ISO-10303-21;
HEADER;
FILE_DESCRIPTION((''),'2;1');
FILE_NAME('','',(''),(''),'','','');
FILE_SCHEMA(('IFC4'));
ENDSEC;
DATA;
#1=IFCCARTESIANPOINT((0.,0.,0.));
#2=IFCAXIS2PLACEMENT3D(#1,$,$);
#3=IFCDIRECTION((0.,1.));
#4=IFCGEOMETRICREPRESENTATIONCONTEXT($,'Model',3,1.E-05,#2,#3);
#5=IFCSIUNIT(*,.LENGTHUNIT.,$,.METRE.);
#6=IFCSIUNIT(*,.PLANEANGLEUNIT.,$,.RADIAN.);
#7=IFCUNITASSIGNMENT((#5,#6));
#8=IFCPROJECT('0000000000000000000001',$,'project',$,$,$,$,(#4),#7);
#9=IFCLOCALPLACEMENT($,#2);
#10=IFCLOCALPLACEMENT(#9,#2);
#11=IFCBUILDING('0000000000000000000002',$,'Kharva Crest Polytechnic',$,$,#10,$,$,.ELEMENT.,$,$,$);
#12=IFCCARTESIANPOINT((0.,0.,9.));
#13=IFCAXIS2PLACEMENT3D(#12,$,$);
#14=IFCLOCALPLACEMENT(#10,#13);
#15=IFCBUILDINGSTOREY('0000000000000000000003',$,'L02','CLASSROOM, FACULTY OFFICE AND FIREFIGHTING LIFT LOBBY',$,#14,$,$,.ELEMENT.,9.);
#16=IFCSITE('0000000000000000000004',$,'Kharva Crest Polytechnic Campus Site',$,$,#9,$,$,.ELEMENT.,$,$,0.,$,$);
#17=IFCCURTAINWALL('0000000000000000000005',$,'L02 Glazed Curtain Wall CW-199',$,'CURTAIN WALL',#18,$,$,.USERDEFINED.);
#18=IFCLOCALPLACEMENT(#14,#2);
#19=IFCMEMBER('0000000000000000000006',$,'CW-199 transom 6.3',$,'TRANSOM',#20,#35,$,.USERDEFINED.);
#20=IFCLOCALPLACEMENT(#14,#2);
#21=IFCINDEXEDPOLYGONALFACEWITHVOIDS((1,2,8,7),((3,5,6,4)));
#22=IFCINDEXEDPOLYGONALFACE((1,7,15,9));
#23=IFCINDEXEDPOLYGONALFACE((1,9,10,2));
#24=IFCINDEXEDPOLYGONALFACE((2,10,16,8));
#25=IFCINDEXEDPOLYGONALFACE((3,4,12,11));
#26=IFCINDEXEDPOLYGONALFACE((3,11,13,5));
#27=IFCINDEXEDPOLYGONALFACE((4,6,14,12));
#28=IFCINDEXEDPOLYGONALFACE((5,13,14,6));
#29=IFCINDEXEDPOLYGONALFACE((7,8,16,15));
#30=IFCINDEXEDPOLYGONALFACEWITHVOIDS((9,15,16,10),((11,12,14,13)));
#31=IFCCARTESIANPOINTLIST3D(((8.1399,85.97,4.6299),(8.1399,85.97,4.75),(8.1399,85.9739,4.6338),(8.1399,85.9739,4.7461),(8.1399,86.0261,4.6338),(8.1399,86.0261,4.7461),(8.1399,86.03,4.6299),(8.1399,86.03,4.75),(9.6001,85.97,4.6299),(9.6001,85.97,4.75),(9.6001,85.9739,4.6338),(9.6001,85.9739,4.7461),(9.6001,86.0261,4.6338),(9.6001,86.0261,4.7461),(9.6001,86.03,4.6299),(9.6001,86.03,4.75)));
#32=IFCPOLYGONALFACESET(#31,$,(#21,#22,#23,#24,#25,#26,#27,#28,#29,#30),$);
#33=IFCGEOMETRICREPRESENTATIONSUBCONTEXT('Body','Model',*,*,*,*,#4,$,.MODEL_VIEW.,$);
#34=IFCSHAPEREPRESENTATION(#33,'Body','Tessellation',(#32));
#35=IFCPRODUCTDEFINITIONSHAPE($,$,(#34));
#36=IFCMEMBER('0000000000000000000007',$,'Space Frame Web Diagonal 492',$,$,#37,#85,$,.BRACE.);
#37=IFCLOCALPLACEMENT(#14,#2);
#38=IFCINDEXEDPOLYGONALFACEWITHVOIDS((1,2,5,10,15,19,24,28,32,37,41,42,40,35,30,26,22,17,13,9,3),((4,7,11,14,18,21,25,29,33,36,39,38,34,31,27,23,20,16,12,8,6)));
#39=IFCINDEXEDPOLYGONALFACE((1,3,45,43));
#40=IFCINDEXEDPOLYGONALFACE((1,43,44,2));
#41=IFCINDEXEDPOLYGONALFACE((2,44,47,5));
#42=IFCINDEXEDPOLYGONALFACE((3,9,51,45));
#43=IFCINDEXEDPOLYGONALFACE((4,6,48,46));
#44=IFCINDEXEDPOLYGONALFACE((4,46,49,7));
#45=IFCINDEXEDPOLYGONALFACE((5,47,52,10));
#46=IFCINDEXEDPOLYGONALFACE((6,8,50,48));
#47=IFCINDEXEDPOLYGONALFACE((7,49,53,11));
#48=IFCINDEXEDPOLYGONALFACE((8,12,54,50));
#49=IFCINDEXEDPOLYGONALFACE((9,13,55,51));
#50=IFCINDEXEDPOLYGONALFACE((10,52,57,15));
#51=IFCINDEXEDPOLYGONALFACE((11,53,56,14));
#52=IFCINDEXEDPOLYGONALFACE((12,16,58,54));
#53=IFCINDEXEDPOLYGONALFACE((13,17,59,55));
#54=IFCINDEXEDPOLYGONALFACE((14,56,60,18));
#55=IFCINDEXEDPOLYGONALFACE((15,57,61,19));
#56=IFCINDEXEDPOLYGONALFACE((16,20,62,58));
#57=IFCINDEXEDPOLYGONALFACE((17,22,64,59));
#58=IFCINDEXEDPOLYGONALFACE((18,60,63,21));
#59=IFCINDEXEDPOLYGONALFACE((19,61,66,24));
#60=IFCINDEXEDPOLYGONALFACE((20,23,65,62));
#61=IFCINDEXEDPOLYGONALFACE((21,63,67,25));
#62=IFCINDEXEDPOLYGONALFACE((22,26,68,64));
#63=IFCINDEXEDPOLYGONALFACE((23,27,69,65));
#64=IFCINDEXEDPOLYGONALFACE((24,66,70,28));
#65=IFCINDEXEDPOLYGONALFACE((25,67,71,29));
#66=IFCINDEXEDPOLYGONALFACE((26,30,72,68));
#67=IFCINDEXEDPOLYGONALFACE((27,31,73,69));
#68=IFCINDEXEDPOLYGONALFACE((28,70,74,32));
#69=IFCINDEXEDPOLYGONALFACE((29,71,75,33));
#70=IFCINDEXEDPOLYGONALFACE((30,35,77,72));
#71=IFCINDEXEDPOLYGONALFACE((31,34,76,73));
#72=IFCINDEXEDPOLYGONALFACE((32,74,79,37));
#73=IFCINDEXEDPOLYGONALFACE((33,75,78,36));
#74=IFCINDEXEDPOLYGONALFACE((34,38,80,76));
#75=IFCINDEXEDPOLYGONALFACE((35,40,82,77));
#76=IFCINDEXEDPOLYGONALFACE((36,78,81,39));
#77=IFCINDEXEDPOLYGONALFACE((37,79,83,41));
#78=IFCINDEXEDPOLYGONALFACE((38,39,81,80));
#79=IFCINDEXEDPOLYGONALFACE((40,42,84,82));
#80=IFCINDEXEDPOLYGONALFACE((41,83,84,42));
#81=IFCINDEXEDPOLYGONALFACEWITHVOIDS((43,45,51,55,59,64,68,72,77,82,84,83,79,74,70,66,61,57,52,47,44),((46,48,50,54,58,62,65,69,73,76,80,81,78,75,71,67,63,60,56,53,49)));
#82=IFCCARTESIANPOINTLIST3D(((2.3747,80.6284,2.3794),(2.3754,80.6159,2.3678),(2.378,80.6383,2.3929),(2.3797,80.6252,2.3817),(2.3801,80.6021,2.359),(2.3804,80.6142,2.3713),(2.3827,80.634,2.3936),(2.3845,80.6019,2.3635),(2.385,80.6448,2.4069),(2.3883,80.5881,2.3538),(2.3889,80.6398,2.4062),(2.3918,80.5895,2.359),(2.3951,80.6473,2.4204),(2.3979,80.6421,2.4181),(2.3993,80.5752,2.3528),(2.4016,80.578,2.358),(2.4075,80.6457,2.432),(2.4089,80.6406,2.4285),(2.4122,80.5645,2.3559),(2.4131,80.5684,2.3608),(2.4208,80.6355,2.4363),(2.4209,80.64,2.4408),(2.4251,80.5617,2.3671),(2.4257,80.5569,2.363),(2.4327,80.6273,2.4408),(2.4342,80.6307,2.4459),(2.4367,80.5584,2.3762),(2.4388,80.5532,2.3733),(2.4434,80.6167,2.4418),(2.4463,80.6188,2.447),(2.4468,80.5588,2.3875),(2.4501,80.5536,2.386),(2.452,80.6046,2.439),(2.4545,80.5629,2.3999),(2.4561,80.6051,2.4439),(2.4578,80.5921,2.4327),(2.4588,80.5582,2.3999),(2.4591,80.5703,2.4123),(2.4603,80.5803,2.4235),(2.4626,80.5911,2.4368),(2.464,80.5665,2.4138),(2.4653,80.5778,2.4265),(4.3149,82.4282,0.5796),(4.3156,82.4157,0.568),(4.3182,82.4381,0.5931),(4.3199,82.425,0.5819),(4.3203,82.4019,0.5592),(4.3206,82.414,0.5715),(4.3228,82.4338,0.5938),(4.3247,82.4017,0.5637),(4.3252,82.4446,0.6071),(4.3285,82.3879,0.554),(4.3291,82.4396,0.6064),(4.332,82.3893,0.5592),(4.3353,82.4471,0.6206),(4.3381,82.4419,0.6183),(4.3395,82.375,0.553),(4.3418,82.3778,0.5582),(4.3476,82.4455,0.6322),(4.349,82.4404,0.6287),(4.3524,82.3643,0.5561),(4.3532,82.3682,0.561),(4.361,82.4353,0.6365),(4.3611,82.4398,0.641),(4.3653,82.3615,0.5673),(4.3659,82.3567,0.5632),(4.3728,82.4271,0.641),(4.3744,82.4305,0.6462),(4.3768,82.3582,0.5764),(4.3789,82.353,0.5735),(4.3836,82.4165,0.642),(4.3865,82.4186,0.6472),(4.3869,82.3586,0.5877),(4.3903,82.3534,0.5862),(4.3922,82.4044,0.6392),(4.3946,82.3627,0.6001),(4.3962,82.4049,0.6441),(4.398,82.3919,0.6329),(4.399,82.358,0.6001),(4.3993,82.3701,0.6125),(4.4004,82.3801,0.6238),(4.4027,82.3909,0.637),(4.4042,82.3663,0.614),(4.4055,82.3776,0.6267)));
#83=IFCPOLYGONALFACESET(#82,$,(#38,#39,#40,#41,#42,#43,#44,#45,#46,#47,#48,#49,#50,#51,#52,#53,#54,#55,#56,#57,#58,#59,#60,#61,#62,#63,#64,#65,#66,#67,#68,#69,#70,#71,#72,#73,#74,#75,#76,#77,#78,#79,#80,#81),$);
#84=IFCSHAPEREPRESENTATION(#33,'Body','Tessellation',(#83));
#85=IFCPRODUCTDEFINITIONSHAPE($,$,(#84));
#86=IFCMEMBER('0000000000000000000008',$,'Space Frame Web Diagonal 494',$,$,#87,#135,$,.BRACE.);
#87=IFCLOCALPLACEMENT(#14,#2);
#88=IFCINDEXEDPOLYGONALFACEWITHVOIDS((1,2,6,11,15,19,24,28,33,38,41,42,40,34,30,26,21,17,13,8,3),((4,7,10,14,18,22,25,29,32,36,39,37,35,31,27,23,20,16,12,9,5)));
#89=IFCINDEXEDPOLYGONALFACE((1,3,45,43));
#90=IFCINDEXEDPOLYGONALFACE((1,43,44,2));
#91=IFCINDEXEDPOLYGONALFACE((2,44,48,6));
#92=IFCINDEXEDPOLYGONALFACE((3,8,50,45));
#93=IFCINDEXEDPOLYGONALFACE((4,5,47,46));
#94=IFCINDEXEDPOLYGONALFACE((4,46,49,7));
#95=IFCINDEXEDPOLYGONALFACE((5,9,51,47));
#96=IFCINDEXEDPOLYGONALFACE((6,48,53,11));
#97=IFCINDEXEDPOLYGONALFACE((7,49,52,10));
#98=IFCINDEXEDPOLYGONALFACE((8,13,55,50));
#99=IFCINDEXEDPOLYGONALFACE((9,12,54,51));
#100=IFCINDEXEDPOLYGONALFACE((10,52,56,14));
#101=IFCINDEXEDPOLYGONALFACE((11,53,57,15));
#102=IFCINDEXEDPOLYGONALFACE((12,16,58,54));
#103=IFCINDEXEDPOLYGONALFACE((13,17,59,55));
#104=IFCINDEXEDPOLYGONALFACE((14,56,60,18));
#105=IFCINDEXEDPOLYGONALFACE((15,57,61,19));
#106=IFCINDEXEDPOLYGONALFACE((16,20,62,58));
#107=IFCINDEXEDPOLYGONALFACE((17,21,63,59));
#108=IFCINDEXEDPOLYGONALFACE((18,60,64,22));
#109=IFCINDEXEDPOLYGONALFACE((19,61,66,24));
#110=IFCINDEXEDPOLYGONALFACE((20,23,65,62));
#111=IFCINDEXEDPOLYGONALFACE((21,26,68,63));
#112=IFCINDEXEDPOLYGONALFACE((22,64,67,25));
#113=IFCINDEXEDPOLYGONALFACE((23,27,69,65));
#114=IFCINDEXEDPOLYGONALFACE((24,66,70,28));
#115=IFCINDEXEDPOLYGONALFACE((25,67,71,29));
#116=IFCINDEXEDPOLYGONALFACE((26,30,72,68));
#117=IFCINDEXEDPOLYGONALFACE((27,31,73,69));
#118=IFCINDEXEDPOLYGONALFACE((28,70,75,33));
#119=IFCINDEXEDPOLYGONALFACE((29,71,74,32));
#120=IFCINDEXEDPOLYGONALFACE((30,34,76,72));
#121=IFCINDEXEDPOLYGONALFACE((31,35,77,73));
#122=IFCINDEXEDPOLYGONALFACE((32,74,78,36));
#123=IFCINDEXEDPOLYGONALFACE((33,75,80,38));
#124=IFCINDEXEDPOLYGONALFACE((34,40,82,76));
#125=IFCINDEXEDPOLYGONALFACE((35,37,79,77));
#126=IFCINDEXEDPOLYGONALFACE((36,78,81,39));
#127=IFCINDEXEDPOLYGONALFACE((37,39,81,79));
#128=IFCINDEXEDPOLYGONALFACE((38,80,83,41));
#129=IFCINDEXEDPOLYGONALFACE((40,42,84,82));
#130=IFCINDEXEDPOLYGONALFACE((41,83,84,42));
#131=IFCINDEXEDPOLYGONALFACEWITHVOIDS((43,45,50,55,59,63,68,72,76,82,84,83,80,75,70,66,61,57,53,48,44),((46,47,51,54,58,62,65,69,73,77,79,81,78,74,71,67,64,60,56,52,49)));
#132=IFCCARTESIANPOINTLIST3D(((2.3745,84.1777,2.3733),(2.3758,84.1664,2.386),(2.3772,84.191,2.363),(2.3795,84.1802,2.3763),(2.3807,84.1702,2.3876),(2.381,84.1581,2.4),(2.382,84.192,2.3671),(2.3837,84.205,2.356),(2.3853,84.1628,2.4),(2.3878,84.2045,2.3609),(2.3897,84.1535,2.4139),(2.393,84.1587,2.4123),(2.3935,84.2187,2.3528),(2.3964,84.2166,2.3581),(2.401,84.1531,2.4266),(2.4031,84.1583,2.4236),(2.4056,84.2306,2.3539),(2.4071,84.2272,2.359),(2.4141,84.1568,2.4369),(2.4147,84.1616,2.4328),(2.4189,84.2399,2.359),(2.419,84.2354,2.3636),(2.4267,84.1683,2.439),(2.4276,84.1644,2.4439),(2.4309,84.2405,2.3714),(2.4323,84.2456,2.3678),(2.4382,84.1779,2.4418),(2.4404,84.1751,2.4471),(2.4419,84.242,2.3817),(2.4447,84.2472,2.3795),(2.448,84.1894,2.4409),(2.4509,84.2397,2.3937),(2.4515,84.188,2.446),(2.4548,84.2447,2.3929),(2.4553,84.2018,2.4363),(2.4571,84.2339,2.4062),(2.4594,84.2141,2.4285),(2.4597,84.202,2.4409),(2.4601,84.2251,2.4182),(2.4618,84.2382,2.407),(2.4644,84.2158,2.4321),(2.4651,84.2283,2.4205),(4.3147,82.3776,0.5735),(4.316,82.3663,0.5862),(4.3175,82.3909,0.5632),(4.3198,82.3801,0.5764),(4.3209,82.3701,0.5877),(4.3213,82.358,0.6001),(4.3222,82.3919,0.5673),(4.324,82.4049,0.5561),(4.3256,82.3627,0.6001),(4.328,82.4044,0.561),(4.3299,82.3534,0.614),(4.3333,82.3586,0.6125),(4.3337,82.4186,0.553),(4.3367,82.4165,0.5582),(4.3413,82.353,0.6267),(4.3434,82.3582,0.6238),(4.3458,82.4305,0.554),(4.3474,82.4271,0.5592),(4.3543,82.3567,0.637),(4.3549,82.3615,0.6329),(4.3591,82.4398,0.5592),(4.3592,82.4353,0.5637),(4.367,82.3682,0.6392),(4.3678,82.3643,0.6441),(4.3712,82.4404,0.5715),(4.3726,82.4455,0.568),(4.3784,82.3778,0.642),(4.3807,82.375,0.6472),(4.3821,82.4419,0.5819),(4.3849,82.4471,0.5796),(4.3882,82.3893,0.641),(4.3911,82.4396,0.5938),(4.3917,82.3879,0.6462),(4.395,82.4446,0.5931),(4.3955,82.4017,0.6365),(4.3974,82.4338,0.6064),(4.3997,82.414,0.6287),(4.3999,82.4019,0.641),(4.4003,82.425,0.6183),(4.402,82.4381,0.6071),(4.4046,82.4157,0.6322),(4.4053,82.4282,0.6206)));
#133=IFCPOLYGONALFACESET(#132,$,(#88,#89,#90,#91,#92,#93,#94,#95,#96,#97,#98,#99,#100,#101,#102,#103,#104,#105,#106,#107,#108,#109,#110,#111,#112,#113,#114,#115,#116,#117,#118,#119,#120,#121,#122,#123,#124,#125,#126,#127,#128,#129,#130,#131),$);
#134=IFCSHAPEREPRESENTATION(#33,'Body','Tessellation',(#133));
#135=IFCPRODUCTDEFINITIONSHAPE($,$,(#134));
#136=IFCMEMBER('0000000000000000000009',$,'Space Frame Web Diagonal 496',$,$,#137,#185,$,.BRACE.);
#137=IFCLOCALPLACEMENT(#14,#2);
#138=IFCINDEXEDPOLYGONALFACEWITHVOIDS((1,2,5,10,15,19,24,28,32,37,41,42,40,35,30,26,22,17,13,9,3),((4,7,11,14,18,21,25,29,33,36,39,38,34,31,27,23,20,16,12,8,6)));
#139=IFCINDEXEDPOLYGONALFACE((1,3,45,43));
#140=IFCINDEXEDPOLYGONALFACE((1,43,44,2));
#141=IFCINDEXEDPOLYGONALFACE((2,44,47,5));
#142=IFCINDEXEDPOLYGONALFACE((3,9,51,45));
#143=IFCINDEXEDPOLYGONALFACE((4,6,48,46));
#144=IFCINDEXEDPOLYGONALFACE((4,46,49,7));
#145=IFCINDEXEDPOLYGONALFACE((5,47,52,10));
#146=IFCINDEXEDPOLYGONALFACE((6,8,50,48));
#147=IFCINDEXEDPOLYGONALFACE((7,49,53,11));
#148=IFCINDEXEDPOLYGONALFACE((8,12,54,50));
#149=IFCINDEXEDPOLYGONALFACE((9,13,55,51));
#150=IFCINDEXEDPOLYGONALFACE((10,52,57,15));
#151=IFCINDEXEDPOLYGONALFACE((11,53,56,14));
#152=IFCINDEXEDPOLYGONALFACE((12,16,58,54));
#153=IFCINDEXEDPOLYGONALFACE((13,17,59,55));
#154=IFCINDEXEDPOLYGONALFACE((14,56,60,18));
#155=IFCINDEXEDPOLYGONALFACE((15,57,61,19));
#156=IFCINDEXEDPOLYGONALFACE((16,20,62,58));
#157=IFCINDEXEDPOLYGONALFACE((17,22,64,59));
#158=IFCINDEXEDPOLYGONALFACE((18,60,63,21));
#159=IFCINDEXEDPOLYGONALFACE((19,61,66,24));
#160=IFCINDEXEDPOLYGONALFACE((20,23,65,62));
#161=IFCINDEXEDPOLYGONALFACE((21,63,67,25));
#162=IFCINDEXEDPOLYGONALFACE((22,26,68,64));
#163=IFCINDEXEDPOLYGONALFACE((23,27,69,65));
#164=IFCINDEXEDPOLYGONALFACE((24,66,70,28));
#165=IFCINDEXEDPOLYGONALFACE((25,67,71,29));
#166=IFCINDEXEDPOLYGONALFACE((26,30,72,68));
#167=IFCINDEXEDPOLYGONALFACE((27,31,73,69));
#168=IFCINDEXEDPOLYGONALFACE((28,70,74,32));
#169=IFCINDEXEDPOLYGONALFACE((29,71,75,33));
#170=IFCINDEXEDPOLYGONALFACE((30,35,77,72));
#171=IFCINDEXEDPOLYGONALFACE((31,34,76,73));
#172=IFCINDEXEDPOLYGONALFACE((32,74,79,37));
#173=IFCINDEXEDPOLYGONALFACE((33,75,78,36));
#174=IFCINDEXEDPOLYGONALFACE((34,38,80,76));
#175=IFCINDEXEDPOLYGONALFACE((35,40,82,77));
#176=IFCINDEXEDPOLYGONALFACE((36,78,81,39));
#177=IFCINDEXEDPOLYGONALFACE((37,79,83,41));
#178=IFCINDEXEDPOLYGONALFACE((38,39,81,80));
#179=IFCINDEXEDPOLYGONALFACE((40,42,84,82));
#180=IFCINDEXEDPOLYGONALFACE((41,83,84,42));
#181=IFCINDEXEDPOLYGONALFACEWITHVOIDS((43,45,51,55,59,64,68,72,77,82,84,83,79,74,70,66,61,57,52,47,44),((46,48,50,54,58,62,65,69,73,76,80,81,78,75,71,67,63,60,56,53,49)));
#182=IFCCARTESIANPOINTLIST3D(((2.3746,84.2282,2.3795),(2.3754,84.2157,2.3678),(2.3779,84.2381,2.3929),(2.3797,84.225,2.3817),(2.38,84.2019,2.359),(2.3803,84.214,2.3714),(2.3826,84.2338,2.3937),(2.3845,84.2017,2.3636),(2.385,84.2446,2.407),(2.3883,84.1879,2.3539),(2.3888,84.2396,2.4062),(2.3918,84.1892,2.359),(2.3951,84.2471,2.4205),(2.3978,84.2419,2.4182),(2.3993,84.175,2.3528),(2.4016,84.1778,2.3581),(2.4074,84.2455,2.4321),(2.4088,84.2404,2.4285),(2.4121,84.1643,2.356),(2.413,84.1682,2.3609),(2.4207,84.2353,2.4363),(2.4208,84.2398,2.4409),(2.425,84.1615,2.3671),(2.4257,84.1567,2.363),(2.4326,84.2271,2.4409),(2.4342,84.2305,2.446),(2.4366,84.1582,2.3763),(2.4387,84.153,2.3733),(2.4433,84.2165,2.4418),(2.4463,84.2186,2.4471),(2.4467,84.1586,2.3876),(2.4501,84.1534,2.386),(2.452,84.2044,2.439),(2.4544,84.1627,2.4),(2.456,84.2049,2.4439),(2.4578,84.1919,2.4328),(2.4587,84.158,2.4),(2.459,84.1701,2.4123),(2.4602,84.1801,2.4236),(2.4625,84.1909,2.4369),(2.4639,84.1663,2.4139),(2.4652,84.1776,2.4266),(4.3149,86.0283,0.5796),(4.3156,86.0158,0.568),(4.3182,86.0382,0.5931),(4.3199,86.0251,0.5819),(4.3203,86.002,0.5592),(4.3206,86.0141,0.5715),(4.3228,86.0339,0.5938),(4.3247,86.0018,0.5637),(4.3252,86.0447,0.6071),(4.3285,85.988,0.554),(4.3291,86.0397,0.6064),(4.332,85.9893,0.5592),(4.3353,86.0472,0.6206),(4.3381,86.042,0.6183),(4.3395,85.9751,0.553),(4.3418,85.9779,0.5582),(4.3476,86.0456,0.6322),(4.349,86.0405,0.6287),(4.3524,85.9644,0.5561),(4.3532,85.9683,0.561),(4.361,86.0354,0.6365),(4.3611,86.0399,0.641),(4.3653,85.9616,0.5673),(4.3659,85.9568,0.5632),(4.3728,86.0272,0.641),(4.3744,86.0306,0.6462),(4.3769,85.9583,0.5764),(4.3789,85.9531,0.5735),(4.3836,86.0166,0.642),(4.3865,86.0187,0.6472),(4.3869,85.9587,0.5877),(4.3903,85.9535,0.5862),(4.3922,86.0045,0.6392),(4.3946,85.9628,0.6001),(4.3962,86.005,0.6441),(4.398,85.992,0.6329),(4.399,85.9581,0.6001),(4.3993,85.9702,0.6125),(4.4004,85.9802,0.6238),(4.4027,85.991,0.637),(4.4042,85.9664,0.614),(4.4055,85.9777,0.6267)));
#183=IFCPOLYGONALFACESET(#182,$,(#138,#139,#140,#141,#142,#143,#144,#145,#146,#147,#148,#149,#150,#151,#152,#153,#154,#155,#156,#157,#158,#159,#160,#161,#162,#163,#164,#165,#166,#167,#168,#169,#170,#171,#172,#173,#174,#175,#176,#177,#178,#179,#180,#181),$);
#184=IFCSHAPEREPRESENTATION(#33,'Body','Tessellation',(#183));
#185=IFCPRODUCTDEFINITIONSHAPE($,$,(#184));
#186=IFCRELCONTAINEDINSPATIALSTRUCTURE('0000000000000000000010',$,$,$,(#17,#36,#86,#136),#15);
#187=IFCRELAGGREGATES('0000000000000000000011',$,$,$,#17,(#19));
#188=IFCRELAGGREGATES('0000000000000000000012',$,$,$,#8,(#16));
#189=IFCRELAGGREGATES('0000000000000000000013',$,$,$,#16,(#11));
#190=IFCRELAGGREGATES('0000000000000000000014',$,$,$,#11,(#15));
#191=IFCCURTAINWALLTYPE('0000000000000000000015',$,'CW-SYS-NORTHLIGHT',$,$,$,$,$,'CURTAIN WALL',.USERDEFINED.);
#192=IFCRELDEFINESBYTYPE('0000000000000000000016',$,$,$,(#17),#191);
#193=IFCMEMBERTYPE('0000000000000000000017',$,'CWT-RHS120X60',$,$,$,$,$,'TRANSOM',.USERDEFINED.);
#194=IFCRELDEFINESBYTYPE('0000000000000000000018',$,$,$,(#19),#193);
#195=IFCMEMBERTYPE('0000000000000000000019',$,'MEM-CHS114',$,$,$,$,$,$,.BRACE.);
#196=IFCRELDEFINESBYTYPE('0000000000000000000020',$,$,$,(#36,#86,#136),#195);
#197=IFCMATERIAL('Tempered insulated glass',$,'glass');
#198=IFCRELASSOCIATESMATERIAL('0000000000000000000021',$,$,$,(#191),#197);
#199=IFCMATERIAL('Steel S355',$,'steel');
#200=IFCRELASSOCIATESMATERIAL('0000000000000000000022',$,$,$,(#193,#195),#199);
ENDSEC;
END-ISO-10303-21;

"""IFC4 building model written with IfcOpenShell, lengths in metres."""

from ifc_helpers import new_model, si_unit, direction, frame, origin, origin_2d, place, context, subcontext, project, spatial, hollow_rectangle, hollow_circle, extrude, material, material_profile, profile_set, type_object, element, aggregate, save


model = new_model("IFC4")

# Units and contexts
model_context = context("Model", 3, precision=1e-05, world=origin(), true_north=direction((0.0, 1.0)))
body_context = subcontext(model_context, "Body", "Model", "MODEL_VIEW")
ifc_project = project(units=[si_unit("LENGTHUNIT", "METRE"), si_unit("PLANEANGLEUNIT", "RADIAN")], contexts=[model_context])

# Site, building, storey
site_placement = place(None, origin())
site = spatial("IfcSite", under=ifc_project, at=site_placement, Name="Kharva Crest Polytechnic Campus Site", CompositionType="ELEMENT", RefElevation=0.0)
building_placement = place(site_placement, origin())
building = spatial("IfcBuilding", under=site, at=building_placement, Name="Kharva Crest Polytechnic", CompositionType="ELEMENT")
storey_placement = place(building_placement, frame((0.0, 0.0, 9.0)))
storey = spatial("IfcBuildingStorey", under=building, at=storey_placement, Name="L02", Description="CLASSROOM, FACULTY OFFICE AND FIREFIGHTING LIFT LOBBY", CompositionType="ELEMENT", Elevation=9.0)

# Curtain wall, member
ifc_material_1 = material(Name="Tempered insulated glass", Category="glass")
curtain_wall_type = type_object("IfcCurtainWallType", Name="CW-SYS-NORTHLIGHT", ElementType="CURTAIN WALL", PredefinedType="USERDEFINED", material=ifc_material_1)
curtain_wall_placement = place(storey_placement, origin())
curtain_wall = element("IfcCurtainWall", 1, at=curtain_wall_placement, inside=storey, type_object=curtain_wall_type, Name="L02 Glazed Curtain Wall CW-199", ObjectType="CURTAIN WALL", PredefinedType="USERDEFINED")
ifc_material_2 = material(Name="Steel S355", Category="steel")
ifc_material_profile_1 = material_profile(ifc_material_2, hollow_rectangle(XDim=0.0601, YDim=0.1201, WallThickness=0.0039, at=origin_2d()), Name="RHS 120X60X4.0")
ifc_profile_set_1 = profile_set([ifc_material_profile_1], Name="Steel S355")
member_type_1 = type_object("IfcMemberType", Name="CWT-RHS120X60", ElementType="TRANSOM", PredefinedType="USERDEFINED", material=ifc_profile_set_1)
member_1_placement = place(storey_placement, frame((8.1399, 86.0, 4.6899), z_axis=(1.0, 0.0, 0.0), x_axis=(0.0, 1.0, 0.0)))
member_1 = element("IfcMember", 2, at=member_1_placement, type_object=member_type_1, Name="CW-199 transom 6.3", ObjectType="TRANSOM", PredefinedType="USERDEFINED", context=body_context, shape_type="SweptSolid", body=[
    extrude(hollow_rectangle(XDim=0.0601, YDim=0.1201, WallThickness=0.0039, at=origin_2d()), origin(), (0.0, 0.0, 1.0), 1.4602),
])

# Members
ifc_material_profile_2 = material_profile(ifc_material_2, hollow_circle(Radius=0.0571, WallThickness=0.0063, at=origin_2d()), Name="CHS 114.3X6.3")
ifc_profile_set_2 = profile_set([ifc_material_profile_2], Name="Steel S355")
member_type_2 = type_object("IfcMemberType", Name="MEM-CHS114", PredefinedType="BRACE", material=ifc_profile_set_2)
member_2_placement = place(storey_placement, frame((4.3601, 82.3999, 0.6001), z_axis=(-0.606222, -0.562359, 0.562359), x_axis=(0.680087, -0.733132, 0.0)))
element("IfcMember", 3, at=member_2_placement, inside=storey, type_object=member_type_2, Name="Space Frame Web Diagonal 492", PredefinedType="BRACE", context=body_context, shape_type="SweptSolid", body=[
    extrude(hollow_circle(Radius=0.0571, WallThickness=0.0063, at=origin_2d()), origin(), (0.0, 0.0, 1.0), 3.2004),
])
for number, where, z_axis, x_axis, name in (
    (4, (4.3601, 82.3999, 0.6001), (-0.606196, 0.562411, 0.562335), (-0.680136, -0.733086, 0.0), "Space Frame Web Diagonal 494"),
    (5, (4.3601, 86.0, 0.6001), (-0.606196, -0.562411, 0.562335), (0.680136, -0.733086, 0.0), "Space Frame Web Diagonal 496"),
):
    element("IfcMember", number, at=place(storey_placement, frame(where, z_axis=z_axis, x_axis=x_axis)), inside=storey, type_object=member_type_2, Name=name, PredefinedType="BRACE", context=body_context, shape_type="SweptSolid", body=[
        extrude(hollow_circle(Radius=0.0571, WallThickness=0.0063, at=origin_2d()), origin(), (0.0, 0.0, 1.0), 3.2007),
    ])

aggregate(curtain_wall, [member_1])

save(model, "model.ifc")
